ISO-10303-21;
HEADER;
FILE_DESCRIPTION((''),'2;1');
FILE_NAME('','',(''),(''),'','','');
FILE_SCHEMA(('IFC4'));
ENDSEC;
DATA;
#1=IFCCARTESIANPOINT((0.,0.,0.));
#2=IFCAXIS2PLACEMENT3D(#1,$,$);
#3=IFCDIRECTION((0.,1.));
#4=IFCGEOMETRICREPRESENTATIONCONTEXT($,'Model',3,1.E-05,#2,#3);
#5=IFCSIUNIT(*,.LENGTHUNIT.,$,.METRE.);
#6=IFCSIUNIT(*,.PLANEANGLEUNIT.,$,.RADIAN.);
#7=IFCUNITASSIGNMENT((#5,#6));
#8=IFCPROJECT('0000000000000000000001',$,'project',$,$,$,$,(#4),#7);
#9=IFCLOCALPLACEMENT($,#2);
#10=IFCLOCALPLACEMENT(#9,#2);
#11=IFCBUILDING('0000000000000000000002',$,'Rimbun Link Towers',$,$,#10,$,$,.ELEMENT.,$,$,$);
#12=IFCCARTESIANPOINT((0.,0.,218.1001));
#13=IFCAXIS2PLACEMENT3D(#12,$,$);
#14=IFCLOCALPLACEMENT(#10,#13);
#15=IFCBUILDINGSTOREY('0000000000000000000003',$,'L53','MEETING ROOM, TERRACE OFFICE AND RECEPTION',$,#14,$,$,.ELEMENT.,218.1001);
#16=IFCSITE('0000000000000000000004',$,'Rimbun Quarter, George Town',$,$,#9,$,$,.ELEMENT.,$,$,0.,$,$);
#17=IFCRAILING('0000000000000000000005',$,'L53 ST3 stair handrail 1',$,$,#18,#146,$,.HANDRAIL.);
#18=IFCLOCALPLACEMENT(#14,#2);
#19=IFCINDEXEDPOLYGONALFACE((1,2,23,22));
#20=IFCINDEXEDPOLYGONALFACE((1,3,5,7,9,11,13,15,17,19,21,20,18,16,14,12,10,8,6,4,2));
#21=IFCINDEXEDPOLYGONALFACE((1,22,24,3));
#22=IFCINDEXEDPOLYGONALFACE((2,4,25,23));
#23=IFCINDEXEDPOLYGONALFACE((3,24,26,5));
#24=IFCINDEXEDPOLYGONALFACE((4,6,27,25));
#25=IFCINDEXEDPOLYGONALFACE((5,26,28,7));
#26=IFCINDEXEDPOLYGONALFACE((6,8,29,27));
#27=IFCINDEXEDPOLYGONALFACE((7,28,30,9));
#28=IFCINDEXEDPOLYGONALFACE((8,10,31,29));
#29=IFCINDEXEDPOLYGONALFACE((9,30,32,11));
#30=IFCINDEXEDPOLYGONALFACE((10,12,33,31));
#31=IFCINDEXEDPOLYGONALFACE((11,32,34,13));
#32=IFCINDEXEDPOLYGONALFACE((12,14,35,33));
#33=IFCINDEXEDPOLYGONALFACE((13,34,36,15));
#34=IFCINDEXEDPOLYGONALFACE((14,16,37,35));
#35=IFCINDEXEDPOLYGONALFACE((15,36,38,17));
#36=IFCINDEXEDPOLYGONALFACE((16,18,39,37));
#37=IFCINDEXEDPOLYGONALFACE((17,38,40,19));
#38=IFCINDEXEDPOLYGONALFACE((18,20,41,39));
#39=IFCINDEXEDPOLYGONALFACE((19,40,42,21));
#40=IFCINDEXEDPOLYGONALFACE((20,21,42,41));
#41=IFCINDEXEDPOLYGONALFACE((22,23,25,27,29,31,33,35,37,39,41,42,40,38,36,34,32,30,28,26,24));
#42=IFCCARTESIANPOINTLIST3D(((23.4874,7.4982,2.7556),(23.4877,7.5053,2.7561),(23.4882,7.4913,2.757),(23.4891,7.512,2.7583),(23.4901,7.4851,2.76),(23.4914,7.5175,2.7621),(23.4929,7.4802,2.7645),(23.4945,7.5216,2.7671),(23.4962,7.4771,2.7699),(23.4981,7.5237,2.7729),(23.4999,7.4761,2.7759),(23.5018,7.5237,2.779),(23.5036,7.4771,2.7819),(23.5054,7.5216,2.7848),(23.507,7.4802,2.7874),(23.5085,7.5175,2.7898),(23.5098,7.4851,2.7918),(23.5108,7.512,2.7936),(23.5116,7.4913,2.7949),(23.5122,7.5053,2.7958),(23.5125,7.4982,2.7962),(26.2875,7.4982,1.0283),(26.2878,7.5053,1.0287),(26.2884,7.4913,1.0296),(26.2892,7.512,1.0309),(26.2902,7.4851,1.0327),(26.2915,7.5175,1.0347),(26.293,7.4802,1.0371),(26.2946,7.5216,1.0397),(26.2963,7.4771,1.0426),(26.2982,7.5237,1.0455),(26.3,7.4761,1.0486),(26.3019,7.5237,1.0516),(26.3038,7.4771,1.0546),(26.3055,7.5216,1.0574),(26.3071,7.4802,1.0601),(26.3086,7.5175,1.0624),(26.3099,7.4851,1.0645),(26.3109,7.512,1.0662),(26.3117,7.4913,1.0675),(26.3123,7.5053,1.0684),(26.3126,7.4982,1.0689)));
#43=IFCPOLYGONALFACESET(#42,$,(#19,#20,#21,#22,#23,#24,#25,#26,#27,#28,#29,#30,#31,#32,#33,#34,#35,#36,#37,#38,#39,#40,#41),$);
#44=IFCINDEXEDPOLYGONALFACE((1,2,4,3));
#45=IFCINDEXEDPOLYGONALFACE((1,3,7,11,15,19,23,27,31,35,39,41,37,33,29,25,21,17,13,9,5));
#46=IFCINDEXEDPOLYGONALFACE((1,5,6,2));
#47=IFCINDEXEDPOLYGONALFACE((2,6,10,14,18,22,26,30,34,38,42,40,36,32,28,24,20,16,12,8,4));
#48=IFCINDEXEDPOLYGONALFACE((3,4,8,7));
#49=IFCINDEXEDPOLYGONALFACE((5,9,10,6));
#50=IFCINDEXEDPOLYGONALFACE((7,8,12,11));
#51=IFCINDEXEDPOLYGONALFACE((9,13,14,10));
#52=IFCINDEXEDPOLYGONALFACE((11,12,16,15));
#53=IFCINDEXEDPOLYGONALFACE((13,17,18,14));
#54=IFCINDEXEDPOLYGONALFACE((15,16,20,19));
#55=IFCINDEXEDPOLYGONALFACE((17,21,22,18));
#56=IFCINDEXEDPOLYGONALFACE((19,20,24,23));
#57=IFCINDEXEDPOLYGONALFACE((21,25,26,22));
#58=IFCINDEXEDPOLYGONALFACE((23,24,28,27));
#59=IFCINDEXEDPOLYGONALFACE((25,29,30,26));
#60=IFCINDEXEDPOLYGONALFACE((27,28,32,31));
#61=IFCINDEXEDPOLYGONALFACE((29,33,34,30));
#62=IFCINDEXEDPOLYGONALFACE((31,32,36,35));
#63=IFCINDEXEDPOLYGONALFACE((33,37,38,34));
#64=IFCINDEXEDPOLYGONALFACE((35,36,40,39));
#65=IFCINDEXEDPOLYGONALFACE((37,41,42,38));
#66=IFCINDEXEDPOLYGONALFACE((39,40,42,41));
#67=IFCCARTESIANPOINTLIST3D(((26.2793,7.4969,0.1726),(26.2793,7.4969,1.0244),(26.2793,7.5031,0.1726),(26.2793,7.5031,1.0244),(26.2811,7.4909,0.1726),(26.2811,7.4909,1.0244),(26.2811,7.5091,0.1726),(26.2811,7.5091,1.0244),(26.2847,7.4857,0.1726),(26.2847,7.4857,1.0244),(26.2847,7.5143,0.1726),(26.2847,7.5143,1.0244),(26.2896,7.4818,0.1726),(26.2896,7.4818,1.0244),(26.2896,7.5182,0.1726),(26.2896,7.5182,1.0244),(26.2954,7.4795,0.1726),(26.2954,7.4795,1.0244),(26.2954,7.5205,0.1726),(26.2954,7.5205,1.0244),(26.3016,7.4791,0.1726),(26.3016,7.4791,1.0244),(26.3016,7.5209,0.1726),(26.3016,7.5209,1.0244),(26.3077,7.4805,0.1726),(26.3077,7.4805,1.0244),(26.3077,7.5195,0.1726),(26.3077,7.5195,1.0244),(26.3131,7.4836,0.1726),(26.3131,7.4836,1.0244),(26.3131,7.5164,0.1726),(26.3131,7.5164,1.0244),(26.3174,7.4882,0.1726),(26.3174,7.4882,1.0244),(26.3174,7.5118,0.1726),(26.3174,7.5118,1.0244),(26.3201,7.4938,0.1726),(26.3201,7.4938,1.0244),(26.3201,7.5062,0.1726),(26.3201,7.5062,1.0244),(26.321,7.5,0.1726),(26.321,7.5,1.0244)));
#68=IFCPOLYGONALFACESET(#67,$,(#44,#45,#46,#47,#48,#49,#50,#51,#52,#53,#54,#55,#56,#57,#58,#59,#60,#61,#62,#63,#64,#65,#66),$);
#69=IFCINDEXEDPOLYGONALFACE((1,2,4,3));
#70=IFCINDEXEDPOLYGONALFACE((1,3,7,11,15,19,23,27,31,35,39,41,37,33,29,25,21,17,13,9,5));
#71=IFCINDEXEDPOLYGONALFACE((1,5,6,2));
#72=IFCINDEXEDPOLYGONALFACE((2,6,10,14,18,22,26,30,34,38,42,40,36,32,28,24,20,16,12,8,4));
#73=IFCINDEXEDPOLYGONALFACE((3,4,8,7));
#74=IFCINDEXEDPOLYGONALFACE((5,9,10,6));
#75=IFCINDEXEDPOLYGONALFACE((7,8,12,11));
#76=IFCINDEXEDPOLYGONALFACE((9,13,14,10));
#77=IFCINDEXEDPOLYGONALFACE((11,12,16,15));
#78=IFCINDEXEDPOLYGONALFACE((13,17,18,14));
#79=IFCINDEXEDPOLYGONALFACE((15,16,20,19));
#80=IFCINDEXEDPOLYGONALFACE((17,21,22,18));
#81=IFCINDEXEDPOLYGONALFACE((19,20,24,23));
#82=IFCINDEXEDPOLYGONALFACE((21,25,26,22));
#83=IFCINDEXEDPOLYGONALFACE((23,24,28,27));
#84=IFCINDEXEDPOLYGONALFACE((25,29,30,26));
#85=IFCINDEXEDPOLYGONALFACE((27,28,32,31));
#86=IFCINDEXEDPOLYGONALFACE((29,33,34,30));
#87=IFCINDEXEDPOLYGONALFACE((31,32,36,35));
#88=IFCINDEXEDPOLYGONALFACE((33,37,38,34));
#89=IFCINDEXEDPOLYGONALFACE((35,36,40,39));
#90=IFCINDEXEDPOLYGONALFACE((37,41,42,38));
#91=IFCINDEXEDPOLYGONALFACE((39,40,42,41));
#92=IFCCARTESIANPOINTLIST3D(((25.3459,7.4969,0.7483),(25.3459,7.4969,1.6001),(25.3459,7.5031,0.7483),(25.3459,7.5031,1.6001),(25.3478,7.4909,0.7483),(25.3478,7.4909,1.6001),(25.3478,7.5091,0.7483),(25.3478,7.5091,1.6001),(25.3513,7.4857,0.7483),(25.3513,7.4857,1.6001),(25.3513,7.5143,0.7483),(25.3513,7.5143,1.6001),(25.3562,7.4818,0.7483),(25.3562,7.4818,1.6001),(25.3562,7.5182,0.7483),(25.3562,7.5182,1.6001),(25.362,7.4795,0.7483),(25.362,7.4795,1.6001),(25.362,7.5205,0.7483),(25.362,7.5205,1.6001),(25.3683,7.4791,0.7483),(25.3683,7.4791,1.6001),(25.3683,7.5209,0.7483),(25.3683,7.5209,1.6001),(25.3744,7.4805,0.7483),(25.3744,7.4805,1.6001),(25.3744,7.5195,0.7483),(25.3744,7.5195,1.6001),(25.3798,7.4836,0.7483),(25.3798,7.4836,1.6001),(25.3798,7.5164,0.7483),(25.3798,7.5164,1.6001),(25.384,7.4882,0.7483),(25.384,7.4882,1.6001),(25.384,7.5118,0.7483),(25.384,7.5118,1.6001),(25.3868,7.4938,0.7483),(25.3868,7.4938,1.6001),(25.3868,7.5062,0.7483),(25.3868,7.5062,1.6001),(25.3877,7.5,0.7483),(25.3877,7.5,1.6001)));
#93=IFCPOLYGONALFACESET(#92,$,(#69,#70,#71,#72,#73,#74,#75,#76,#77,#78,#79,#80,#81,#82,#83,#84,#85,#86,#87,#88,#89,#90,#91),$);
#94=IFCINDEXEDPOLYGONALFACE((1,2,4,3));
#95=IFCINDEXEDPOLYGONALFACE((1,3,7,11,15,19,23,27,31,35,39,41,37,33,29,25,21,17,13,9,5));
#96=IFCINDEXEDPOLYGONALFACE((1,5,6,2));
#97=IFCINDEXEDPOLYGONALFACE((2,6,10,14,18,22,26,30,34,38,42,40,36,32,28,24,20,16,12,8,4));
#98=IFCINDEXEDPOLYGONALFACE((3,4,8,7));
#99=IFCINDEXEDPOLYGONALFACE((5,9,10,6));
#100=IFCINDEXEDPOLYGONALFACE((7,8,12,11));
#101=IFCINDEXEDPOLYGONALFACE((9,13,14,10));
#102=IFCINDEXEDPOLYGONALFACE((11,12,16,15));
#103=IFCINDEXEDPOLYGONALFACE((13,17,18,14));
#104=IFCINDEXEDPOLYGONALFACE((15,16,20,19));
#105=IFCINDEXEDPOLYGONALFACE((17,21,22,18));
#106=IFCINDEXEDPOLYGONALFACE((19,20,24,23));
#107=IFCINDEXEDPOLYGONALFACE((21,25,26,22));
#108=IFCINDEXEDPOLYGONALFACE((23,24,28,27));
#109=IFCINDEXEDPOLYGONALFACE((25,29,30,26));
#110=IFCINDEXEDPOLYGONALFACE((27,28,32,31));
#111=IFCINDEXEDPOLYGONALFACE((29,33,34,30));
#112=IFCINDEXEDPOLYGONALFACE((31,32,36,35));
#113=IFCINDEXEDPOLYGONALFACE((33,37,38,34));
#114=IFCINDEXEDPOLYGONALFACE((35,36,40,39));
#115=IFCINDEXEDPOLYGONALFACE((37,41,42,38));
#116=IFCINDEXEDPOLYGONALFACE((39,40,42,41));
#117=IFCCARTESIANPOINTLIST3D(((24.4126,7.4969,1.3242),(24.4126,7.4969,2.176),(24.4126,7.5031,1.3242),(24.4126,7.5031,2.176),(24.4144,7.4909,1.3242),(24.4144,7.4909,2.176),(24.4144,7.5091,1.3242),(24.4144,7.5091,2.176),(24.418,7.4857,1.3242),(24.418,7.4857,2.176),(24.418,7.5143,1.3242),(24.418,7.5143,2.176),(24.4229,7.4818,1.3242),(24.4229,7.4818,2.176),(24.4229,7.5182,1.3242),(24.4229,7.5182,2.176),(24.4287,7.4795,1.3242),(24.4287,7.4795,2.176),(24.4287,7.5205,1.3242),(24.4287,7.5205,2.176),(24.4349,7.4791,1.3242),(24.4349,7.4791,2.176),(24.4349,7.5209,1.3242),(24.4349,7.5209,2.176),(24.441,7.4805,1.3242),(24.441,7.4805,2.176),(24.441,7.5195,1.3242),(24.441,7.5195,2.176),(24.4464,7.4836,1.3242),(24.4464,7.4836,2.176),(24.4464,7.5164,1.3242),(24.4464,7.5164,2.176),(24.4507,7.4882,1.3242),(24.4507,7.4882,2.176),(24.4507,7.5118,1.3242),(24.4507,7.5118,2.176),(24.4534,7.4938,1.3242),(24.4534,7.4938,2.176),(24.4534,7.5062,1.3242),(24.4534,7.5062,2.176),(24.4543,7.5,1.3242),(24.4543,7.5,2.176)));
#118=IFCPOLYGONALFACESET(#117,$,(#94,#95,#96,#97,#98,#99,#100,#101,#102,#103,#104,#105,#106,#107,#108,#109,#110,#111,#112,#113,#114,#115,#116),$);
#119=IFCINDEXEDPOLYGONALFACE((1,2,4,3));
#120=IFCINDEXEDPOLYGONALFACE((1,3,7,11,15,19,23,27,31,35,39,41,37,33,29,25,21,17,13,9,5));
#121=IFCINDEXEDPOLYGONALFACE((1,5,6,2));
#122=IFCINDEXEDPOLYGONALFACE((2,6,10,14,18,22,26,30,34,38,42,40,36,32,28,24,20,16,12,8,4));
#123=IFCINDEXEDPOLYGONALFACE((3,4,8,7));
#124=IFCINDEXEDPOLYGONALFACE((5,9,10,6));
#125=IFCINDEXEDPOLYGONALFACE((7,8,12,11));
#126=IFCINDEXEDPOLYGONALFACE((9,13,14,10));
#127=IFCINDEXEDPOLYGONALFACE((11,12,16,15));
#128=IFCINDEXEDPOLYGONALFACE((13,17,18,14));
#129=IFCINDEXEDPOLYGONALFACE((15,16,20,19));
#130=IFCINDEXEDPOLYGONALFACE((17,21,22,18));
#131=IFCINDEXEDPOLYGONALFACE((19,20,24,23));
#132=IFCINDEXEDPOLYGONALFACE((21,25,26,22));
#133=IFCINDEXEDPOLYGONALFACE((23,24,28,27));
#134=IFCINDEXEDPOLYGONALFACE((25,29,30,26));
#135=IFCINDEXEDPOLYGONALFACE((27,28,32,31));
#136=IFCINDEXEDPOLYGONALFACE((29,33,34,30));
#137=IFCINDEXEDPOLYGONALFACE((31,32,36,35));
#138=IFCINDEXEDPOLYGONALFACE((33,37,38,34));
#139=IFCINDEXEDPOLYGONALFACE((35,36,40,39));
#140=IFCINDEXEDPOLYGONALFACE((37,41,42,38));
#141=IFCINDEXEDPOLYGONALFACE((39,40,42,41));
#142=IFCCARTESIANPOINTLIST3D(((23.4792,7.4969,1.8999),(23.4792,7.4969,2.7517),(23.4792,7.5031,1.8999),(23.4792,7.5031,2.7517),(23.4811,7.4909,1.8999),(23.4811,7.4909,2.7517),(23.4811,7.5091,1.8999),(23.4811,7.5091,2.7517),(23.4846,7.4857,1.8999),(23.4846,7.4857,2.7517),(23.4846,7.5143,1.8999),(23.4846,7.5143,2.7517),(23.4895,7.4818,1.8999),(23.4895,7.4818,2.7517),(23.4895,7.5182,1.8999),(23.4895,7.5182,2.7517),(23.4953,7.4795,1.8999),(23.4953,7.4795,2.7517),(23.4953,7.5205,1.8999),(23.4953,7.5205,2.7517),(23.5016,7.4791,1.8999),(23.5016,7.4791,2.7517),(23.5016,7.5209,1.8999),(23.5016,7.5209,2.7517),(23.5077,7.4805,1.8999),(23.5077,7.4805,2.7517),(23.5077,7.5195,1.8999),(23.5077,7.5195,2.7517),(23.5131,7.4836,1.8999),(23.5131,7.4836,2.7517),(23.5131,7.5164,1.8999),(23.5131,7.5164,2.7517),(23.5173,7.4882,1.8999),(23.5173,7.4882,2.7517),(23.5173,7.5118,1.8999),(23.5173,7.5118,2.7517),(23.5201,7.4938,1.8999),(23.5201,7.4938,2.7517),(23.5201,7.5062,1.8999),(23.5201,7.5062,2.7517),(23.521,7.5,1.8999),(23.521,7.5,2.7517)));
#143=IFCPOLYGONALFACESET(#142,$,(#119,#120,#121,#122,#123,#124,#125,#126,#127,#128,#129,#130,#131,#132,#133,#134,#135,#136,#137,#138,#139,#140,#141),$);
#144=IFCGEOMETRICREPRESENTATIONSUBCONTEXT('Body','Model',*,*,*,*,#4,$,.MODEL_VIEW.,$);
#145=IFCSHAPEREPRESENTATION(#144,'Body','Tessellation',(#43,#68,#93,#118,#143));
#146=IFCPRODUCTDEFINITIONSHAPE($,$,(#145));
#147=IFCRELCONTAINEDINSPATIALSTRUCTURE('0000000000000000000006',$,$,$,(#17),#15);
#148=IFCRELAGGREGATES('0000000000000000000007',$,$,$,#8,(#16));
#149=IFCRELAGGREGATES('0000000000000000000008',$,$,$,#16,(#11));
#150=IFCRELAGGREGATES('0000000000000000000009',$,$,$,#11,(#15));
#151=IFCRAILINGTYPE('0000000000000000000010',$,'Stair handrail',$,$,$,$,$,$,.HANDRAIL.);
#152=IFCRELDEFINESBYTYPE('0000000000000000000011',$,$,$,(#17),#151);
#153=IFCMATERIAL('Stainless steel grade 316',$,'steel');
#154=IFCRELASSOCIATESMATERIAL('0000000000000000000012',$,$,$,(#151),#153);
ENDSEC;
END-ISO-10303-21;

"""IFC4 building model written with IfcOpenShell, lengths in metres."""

from ifc_helpers import new_model, si_unit, direction, frame, origin, origin_2d, place, context, subcontext, project, spatial, circle, extrude, material, type_object, element, save


model = new_model("IFC4")

# Units and contexts
model_context = context("Model", 3, precision=1e-05, world=origin(), true_north=direction((0.0, 1.0)))
body_context = subcontext(model_context, "Body", "Model", "MODEL_VIEW")
ifc_project = project(units=[si_unit("LENGTHUNIT", "METRE"), si_unit("PLANEANGLEUNIT", "RADIAN")], contexts=[model_context])

# Site, building, storey
site_placement = place(None, origin())
site = spatial("IfcSite", under=ifc_project, at=site_placement, Name="Rimbun Quarter, George Town", CompositionType="ELEMENT", RefElevation=0.0)
building_placement = place(site_placement, origin())
building = spatial("IfcBuilding", under=site, at=building_placement, Name="Rimbun Link Towers", CompositionType="ELEMENT")
storey_placement = place(building_placement, frame((0.0, 0.0, 218.1001)))
storey = spatial("IfcBuildingStorey", under=building, at=storey_placement, Name="L53", Description="MEETING ROOM, TERRACE OFFICE AND RECEPTION", CompositionType="ELEMENT", Elevation=218.1001)

# Railing
ifc_material_1 = material(Name="Stainless steel grade 316", Category="steel")
railing_type_1 = type_object("IfcRailingType", Name="Stair handrail", PredefinedType="HANDRAIL", material=ifc_material_1)
railing_1_placement = place(storey_placement, frame((26.3, 7.5, 0.1726)))
element("IfcRailing", 1, at=railing_1_placement, inside=storey, type_object=railing_type_1, Name="L53 ST3 stair handrail 1", PredefinedType="HANDRAIL", context=body_context, shape_type="SweptSolid", body=[
    extrude(circle(Radius=0.0239, at=origin_2d()), frame((0.0, 0.0, 0.876), z_axis=(-0.85109, 0.0, 0.52502), x_axis=(0.0, -1.0, 0.0)), (0.0, 0.0, 1.0), 3.29),
    extrude(circle(Radius=0.021, at=origin_2d()), origin(), (0.0, 0.0, 1.0), 0.8518),
    extrude(circle(Radius=0.021, at=origin_2d()), frame((-0.9333, 0.0, 0.5757)), (0.0, 0.0, 1.0), 0.8518),
    extrude(circle(Radius=0.021, at=origin_2d()), frame((-1.8667, 0.0, 1.1516)), (0.0, 0.0, 1.0), 0.8518),
    extrude(circle(Radius=0.021, at=origin_2d()), frame((-2.8, 0.0, 1.7273)), (0.0, 0.0, 1.0), 0.8518),
])

save(model, "model.ifc")
